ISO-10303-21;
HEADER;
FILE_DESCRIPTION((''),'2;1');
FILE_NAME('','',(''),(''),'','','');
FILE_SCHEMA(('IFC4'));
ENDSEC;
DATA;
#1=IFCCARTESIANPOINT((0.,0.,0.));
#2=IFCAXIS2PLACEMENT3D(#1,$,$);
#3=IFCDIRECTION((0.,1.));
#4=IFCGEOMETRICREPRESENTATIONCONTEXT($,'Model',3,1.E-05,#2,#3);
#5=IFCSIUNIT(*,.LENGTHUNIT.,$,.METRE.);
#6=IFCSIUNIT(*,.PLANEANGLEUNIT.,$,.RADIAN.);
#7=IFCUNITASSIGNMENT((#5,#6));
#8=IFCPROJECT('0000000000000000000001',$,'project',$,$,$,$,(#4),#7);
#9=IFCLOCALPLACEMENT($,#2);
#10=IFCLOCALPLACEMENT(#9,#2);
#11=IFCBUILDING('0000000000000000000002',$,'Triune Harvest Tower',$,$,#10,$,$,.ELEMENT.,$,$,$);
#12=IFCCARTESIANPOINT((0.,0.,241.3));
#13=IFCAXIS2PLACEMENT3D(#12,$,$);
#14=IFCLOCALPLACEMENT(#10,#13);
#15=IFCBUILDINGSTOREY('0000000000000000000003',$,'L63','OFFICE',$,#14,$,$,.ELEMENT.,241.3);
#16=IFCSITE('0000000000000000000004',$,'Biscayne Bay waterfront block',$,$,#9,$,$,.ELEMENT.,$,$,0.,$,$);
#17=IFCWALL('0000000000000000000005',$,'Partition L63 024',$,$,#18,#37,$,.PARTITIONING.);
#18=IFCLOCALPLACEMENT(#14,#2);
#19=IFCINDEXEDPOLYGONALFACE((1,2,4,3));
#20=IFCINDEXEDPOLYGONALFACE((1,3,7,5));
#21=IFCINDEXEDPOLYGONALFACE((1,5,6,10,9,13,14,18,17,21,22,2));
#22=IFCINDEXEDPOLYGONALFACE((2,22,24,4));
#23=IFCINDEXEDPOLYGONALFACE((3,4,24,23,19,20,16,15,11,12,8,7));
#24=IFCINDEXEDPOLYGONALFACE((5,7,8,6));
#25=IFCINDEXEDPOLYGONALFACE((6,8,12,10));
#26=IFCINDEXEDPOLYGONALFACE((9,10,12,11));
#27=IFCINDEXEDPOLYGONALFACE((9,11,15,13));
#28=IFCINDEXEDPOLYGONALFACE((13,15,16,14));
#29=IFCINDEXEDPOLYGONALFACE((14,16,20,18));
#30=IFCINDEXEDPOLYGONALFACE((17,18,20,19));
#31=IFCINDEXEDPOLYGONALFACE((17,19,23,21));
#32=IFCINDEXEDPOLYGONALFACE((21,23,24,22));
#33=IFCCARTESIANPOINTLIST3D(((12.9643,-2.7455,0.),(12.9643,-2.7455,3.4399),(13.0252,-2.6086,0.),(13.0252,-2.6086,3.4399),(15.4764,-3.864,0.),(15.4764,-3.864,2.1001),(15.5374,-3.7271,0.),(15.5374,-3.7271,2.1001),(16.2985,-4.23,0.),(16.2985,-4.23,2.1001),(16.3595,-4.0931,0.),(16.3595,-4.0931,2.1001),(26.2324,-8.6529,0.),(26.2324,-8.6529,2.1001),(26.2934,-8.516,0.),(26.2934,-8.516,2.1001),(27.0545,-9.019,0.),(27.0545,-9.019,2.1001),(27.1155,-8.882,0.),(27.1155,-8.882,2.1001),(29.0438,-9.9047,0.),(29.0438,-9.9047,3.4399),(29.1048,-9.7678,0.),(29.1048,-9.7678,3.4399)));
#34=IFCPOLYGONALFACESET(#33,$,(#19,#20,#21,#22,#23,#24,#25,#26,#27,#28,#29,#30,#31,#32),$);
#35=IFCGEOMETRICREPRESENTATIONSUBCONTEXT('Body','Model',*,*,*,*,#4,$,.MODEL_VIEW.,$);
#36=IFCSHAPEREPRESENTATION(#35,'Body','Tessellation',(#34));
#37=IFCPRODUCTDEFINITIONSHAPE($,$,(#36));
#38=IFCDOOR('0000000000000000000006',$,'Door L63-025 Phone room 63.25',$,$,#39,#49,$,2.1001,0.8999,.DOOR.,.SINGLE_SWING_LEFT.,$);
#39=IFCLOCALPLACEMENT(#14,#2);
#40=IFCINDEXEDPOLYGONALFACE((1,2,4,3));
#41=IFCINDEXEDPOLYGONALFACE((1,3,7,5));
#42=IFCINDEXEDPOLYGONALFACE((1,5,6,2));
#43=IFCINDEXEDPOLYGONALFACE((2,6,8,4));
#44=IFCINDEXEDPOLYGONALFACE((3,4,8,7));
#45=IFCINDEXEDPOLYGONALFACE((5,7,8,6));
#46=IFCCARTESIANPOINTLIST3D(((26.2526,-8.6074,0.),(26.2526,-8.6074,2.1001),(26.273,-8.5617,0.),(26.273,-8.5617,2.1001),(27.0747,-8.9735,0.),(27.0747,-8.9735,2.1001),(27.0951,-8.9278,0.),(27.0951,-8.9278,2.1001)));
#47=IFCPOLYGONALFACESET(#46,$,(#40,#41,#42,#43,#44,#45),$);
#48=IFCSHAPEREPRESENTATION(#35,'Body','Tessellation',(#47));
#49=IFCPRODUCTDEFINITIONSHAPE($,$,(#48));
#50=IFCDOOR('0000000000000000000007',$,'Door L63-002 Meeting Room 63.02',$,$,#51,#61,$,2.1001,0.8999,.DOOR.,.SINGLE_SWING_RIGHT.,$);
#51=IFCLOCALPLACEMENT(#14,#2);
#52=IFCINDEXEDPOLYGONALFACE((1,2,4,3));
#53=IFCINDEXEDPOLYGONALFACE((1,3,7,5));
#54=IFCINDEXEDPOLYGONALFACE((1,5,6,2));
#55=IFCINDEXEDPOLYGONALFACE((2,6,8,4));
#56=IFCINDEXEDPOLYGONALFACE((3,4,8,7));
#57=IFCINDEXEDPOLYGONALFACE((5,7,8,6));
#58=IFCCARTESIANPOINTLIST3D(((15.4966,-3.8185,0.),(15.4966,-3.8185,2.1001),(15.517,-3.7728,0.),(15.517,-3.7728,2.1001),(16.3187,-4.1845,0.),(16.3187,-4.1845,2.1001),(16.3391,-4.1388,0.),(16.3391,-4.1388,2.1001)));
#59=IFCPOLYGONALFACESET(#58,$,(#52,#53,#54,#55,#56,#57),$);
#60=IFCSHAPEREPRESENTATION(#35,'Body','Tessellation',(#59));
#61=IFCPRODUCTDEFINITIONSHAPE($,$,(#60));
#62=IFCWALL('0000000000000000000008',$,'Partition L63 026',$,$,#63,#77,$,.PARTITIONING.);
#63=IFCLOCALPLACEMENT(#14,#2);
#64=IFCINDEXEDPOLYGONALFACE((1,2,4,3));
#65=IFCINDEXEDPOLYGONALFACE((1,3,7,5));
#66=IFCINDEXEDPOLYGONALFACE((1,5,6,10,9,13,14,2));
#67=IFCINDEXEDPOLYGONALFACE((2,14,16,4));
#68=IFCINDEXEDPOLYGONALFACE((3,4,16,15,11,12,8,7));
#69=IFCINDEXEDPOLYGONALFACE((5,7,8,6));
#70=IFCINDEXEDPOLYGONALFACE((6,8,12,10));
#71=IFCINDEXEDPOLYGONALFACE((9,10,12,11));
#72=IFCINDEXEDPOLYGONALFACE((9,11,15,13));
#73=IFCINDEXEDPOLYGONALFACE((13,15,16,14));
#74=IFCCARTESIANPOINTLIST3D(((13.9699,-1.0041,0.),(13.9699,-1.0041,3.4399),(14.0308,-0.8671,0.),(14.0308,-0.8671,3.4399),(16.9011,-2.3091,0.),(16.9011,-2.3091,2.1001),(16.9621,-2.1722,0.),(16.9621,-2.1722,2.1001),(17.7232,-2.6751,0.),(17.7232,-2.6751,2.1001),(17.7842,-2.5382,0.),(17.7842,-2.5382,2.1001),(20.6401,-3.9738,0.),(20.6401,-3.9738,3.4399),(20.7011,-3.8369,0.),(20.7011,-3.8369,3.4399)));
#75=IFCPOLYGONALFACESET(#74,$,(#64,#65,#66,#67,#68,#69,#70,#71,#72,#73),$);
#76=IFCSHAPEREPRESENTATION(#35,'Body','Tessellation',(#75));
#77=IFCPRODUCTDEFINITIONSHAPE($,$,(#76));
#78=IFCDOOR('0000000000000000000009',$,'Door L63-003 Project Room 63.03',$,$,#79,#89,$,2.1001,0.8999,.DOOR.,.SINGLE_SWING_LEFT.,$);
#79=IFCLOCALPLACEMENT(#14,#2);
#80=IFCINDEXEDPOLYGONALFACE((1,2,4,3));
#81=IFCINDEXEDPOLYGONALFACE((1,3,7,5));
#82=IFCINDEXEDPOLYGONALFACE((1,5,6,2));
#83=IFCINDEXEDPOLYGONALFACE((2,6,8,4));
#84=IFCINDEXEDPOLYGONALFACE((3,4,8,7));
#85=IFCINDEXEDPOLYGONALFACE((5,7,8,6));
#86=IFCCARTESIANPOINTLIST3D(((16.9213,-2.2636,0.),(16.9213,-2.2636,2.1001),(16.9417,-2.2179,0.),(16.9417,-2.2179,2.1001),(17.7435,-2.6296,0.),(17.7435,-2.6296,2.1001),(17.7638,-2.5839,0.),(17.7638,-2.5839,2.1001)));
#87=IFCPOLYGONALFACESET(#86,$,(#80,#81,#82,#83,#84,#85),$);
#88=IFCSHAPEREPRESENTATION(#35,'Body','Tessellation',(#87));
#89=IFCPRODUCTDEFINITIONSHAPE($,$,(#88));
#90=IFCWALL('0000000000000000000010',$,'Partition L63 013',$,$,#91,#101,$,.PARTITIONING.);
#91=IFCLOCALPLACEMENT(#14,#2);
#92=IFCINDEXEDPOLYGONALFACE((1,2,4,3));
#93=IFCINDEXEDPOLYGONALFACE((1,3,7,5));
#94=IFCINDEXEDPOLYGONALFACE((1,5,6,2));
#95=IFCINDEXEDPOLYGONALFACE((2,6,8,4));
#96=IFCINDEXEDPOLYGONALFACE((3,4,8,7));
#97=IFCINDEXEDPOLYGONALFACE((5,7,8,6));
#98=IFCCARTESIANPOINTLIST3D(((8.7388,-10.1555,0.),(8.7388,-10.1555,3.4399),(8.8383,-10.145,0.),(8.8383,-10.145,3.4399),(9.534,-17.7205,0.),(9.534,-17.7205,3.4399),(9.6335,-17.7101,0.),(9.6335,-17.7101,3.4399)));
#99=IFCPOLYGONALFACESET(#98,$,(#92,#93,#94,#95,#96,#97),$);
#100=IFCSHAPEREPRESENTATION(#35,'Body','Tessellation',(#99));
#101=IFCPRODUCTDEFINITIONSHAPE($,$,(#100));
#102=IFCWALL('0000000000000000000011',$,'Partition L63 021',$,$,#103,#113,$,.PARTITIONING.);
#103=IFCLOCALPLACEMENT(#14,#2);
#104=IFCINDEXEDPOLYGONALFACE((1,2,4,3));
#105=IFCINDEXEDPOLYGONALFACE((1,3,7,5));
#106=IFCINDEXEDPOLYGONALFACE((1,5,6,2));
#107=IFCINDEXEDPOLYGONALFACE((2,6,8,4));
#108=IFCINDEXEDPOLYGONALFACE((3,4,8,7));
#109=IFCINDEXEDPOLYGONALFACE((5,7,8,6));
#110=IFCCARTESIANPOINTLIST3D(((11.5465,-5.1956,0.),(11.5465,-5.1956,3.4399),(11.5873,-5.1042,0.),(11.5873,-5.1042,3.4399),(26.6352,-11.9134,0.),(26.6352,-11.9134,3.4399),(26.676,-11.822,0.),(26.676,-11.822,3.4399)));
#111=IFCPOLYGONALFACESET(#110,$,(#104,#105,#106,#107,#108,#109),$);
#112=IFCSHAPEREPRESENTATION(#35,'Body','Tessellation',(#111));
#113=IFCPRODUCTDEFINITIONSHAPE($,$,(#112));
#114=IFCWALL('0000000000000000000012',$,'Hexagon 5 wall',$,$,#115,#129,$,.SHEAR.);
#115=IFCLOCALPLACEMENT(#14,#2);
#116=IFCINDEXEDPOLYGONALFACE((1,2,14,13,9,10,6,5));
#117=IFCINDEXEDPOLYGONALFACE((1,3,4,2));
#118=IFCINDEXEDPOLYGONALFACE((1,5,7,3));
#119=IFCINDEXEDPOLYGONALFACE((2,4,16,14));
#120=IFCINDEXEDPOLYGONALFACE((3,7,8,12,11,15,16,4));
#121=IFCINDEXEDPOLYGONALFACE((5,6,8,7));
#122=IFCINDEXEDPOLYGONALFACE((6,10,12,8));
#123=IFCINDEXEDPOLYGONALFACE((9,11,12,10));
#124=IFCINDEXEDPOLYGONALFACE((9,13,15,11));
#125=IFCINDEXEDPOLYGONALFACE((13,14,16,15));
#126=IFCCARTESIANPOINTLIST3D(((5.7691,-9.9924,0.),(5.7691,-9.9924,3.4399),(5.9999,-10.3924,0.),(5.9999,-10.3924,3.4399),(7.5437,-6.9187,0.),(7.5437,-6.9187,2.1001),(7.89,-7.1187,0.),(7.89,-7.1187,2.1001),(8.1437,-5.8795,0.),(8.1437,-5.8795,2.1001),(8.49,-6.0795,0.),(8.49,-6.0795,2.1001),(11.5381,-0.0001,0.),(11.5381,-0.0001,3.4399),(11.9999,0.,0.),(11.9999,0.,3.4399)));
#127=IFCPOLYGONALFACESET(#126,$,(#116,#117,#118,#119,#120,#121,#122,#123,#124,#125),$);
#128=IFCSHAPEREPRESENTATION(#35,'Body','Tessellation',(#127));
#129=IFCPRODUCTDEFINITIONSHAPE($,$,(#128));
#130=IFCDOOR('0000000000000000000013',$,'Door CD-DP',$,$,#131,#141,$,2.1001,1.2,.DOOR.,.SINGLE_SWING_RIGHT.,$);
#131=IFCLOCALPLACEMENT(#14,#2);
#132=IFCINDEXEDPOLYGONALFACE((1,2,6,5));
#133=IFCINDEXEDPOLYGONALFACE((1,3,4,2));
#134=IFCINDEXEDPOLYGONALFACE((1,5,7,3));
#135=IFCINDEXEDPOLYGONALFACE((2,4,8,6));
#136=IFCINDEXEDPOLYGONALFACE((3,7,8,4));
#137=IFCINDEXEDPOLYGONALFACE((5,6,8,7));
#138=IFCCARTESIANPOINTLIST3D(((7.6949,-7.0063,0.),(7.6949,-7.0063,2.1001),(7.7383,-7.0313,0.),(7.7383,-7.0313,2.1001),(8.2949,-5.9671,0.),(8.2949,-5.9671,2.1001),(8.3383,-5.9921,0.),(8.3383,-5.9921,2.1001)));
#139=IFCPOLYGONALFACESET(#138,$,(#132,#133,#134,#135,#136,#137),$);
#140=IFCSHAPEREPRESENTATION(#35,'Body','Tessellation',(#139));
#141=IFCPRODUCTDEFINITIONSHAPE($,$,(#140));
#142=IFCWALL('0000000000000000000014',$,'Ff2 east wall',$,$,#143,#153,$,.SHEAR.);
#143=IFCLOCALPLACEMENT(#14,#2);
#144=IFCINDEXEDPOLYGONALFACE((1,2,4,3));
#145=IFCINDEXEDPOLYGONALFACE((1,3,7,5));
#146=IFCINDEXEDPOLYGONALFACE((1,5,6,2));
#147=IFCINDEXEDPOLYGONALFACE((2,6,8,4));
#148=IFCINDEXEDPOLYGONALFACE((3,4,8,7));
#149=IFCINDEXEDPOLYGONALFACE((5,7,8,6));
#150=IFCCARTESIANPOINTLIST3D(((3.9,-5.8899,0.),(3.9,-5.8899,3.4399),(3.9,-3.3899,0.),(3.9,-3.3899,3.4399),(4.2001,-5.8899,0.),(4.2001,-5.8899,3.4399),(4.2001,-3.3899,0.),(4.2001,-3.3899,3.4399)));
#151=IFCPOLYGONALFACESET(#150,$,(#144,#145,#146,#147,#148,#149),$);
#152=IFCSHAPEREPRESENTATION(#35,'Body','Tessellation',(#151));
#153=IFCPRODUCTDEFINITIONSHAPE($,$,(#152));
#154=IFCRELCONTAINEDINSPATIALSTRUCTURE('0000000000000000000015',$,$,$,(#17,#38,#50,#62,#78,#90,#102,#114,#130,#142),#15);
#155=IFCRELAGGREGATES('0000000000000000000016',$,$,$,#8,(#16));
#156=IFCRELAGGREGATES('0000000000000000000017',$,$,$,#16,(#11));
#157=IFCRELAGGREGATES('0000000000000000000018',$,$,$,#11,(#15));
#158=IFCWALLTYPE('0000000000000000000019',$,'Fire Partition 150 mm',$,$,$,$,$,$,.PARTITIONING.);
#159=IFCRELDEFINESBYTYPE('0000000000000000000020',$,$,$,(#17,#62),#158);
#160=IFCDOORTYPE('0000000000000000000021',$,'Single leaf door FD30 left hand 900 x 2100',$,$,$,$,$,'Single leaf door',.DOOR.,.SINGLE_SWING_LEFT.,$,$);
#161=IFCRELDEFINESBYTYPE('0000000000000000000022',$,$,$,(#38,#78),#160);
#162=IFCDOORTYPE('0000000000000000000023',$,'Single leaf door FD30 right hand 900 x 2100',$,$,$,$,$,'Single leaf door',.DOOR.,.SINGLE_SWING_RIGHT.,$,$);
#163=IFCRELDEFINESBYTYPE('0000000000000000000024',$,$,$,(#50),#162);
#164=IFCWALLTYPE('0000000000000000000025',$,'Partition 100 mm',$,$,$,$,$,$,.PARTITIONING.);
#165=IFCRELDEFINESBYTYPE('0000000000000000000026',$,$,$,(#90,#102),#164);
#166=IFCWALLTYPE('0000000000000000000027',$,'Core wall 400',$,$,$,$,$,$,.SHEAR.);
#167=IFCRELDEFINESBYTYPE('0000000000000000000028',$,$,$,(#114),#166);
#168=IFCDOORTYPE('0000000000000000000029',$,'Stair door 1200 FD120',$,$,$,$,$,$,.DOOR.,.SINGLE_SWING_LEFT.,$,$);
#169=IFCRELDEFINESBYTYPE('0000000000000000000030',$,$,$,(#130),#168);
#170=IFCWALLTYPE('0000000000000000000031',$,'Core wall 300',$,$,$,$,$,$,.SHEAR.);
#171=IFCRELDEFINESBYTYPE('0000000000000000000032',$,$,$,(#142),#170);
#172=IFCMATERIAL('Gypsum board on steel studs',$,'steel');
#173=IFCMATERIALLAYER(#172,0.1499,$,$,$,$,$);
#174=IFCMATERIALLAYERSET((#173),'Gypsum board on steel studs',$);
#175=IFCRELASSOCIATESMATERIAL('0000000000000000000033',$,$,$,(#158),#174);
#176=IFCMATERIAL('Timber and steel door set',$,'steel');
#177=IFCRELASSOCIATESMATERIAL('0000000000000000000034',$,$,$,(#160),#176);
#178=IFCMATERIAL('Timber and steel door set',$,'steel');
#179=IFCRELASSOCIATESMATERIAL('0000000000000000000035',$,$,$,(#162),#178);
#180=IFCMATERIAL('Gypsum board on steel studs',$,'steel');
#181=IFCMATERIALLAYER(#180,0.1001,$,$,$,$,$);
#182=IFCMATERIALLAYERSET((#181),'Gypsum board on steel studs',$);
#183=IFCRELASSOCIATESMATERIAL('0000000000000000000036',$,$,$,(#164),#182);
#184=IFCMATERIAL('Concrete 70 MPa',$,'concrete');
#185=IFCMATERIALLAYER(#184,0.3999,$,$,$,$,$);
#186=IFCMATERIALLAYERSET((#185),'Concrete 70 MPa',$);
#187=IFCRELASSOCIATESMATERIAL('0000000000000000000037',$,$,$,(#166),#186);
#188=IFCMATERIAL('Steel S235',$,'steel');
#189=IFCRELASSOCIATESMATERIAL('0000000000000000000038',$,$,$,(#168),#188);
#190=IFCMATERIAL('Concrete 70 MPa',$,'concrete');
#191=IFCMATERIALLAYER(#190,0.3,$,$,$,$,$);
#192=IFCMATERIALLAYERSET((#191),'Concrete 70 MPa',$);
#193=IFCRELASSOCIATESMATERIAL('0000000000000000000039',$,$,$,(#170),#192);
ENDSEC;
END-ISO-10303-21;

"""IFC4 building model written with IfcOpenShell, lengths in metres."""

from ifc_helpers import new_model, si_unit, direction, frame, frame_2d, origin, place, context, subcontext, project, spatial, polyline, rectangle, outline, extrude, source, transform, mapped, material, layer, layer_set, type_object, element, fill, save


model = new_model("IFC4")

# Units and contexts
model_context = context("Model", 3, precision=1e-05, world=origin(), true_north=direction((0.0, 1.0)))
body_context = subcontext(model_context, "Body", "Model", "MODEL_VIEW")
ifc_project = project(units=[si_unit("LENGTHUNIT", "METRE"), si_unit("PLANEANGLEUNIT", "RADIAN")], contexts=[model_context])

# Site, building, storey
site_placement = place(None, origin())
site = spatial("IfcSite", under=ifc_project, at=site_placement, Name="Biscayne Bay waterfront block", CompositionType="ELEMENT", RefElevation=0.0)
building_placement = place(site_placement, origin())
building = spatial("IfcBuilding", under=site, at=building_placement, Name="Triune Harvest Tower", CompositionType="ELEMENT")
storey_placement = place(building_placement, frame((0.0, 0.0, 241.3)))
storey = spatial("IfcBuildingStorey", under=building, at=storey_placement, Name="L63", Description="OFFICE", CompositionType="ELEMENT", Elevation=241.3)

# Wall, openings, doors
ifc_material_1 = material(Name="Gypsum board on steel studs", Category="steel")
ifc_layer_1 = layer(ifc_material_1, 0.1499)
ifc_layer_set_1 = layer_set([ifc_layer_1], Name="Gypsum board on steel studs")
wall_type_1 = type_object("IfcWallType", Name="Fire Partition 150 mm", PredefinedType="PARTITIONING", material=ifc_layer_set_1)
wall_1_placement = place(storey_placement, frame((12.9946, -2.677, 0.0), z_axis=(0.0, 0.0, 1.0), x_axis=(0.913544, -0.406741, 0.0)))
wall_1 = element("IfcWall", 1, at=wall_1_placement, inside=storey, type_object=wall_type_1, Name="Partition L63 024", PredefinedType="PARTITIONING", context=body_context, shape_type="SweptSolid", body=[
    extrude(rectangle(XDim=17.6013, YDim=0.1499, at=frame_2d((8.8008, 0.0))), origin(), (0.0, 0.0, 1.0), 3.4399),
])
opening_1_placement = place(wall_1_placement, frame((2.75, 0.0, 0.0)))
opening_1 = element("IfcOpeningElement", 2, at=opening_1_placement, cuts=wall_1, PredefinedType="OPENING", context=body_context, shape_type="SweptSolid", body=[
    extrude(rectangle(XDim=0.8999, YDim=2.1001, at=frame_2d((0.45, 1.05))), frame((0.0, 0.085, 0.0), z_axis=(0.0, -1.0, 0.0), x_axis=(1.0, 0.0, 0.0)), (0.0, 0.0, 1.0), 0.1699),
])
opening_2_placement = place(wall_1_placement, frame((14.5239, 0.0, 0.0)))
opening_2 = element("IfcOpeningElement", 3, at=opening_2_placement, cuts=wall_1, PredefinedType="OPENING", context=body_context, shape_type="SweptSolid", body=[
    extrude(rectangle(XDim=0.8999, YDim=2.1001, at=frame_2d((0.45, 1.05))), frame((0.0, 0.085, 0.0), z_axis=(0.0, -1.0, 0.0), x_axis=(1.0, 0.0, 0.0)), (0.0, 0.0, 1.0), 0.1699),
])
ifc_material_2 = material(Name="Timber and steel door set", Category="steel")
door_type_1 = type_object("IfcDoorType", Name="Single leaf door FD30 left hand 900 x 2100", ElementType="Single leaf door", OperationType="SINGLE_SWING_LEFT", PredefinedType="DOOR", material=ifc_material_2)
door_1_placement = place(opening_2_placement, origin())
door_1 = element("IfcDoor", 4, at=door_1_placement, inside=storey, type_object=door_type_1, Name="Door L63-025 Phone room 63.25", OperationType="SINGLE_SWING_LEFT", OverallHeight=2.1001, OverallWidth=0.8999, PredefinedType="DOOR", context=body_context, shape_type="SweptSolid", body=[
    extrude(rectangle(XDim=0.8999, YDim=2.1001, at=frame_2d((0.45, 1.05))), frame((0.0, 0.0249, 0.0), z_axis=(0.0, -1.0, 0.0), x_axis=(1.0, 0.0, 0.0)), (0.0, 0.0, 1.0), 0.05),
])
fill(opening_2, door_1)
ifc_material_3 = material(Name="Timber and steel door set", Category="steel")
door_type_2 = type_object("IfcDoorType", Name="Single leaf door FD30 right hand 900 x 2100", ElementType="Single leaf door", OperationType="SINGLE_SWING_RIGHT", PredefinedType="DOOR", material=ifc_material_3)
door_2_placement = place(opening_1_placement, origin())
door_2 = element("IfcDoor", 5, at=door_2_placement, inside=storey, type_object=door_type_2, Name="Door L63-002 Meeting Room 63.02", OperationType="SINGLE_SWING_RIGHT", OverallHeight=2.1001, OverallWidth=0.8999, PredefinedType="DOOR", context=body_context, shape_type="SweptSolid", body=[
    extrude(rectangle(XDim=0.8999, YDim=2.1001, at=frame_2d((0.45, 1.05))), frame((0.0, 0.0249, 0.0), z_axis=(0.0, -1.0, 0.0), x_axis=(1.0, 0.0, 0.0)), (0.0, 0.0, 1.0), 0.05),
])
fill(opening_1, door_2)

# Wall, opening, door
wall_2_placement = place(storey_placement, frame((14.0002, -0.9355, 0.0), z_axis=(0.0, 0.0, 1.0), x_axis=(0.913547, -0.406734, 0.0)))
wall_2 = element("IfcWall", 6, at=wall_2_placement, inside=storey, type_object=wall_type_1, Name="Partition L63 026", PredefinedType="PARTITIONING", context=body_context, shape_type="SweptSolid", body=[
    extrude(rectangle(XDim=7.3015, YDim=0.1499, at=frame_2d((3.6509, 0.0))), origin(), (0.0, 0.0, 1.0), 3.4399),
])
opening_3_placement = place(wall_2_placement, frame((3.2087, 0.0, 0.0)))
opening_3 = element("IfcOpeningElement", 7, at=opening_3_placement, cuts=wall_2, PredefinedType="OPENING", context=body_context, shape_type="SweptSolid", body=[
    extrude(rectangle(XDim=0.8999, YDim=2.1001, at=frame_2d((0.45, 1.05))), frame((0.0, 0.085, 0.0), z_axis=(0.0, -1.0, 0.0), x_axis=(1.0, 0.0, 0.0)), (0.0, 0.0, 1.0), 0.1699),
])
door_3_placement = place(opening_3_placement, origin())
door_3 = element("IfcDoor", 8, at=door_3_placement, inside=storey, type_object=door_type_1, Name="Door L63-003 Project Room 63.03", OperationType="SINGLE_SWING_LEFT", OverallHeight=2.1001, OverallWidth=0.8999, PredefinedType="DOOR", context=body_context, shape_type="SweptSolid", body=[
    extrude(rectangle(XDim=0.8999, YDim=2.1001, at=frame_2d((0.45, 1.05))), frame((0.0, 0.0249, 0.0), z_axis=(0.0, -1.0, 0.0), x_axis=(1.0, 0.0, 0.0)), (0.0, 0.0, 1.0), 0.05),
])
fill(opening_3, door_3)

# Walls
ifc_material_4 = material(Name="Gypsum board on steel studs", Category="steel")
ifc_layer_2 = layer(ifc_material_4, 0.1001)
ifc_layer_set_2 = layer_set([ifc_layer_2], Name="Gypsum board on steel studs")
wall_type_2 = type_object("IfcWallType", Name="Partition 100 mm", PredefinedType="PARTITIONING", material=ifc_layer_set_2)
wall_3_placement = place(storey_placement, frame((8.7886, -10.1504, 0.0), z_axis=(0.0, 0.0, 1.0), x_axis=(0.104536, -0.994521, 0.0)))
element("IfcWall", 9, at=wall_3_placement, inside=storey, type_object=wall_type_2, Name="Partition L63 013", PredefinedType="PARTITIONING", context=body_context, shape_type="SweptSolid", body=[
    extrude(rectangle(XDim=7.6067, YDim=0.1001, at=frame_2d((3.8032, 0.0))), origin(), (0.0, 0.0, 1.0), 3.4399),
])
wall_4_placement = place(storey_placement, frame((11.5669, -5.1499, 0.0), z_axis=(0.0, 0.0, 1.0), x_axis=(0.913548, -0.406731, 0.0)))
element("IfcWall", 10, at=wall_4_placement, inside=storey, type_object=wall_type_2, Name="Partition L63 021", PredefinedType="PARTITIONING", context=body_context, shape_type="SweptSolid", body=[
    extrude(rectangle(XDim=16.5166, YDim=0.1001, at=frame_2d((8.2583, 0.0))), origin(), (0.0, 0.0, 1.0), 3.4399),
])

# Wall, opening, door
ifc_material_5 = material(Name="Concrete 70 MPa", Category="concrete")
ifc_layer_3 = layer(ifc_material_5, 0.3999)
ifc_layer_set_3 = layer_set([ifc_layer_3], Name="Concrete 70 MPa")
wall_type_3 = type_object("IfcWallType", Name="Core wall 400", PredefinedType="SHEAR", material=ifc_layer_set_3)
shared_shape_1 = source(origin(), body_context, "Body", "SweptSolid", [
    extrude(outline(polyline([(-0.1155, -0.2), (11.8845, -0.2), (11.6536, 0.2), (0.1155, 0.2), (-0.1155, -0.2)])), origin(), (0.0, 0.0, 1.0), 3.4399),
])
wall_5_placement = place(storey_placement, frame((5.8845, -10.1924, 0.0), z_axis=(0.0, 0.0, 1.0), x_axis=(0.499997, 0.866027, 0.0)))
wall_5 = element("IfcWall", 11, at=wall_5_placement, inside=storey, type_object=wall_type_3, Name="Hexagon 5 wall", PredefinedType="SHEAR", context=body_context, shape_type="MappedRepresentation", body=[
    mapped(shared_shape_1, transform((0.0, 0.0, 0.0), scale=1.0)),
])
opening_4_placement = place(wall_5_placement, frame((3.6646, 0.0, 0.0)))
opening_4 = element("IfcOpeningElement", 12, at=opening_4_placement, cuts=wall_5, PredefinedType="OPENING", context=body_context, shape_type="SweptSolid", body=[
    extrude(rectangle(XDim=1.2, YDim=2.1001, at=frame_2d((0.6001, 1.05))), frame((0.0, 0.21, 0.0), z_axis=(0.0, -1.0, 0.0), x_axis=(1.0, 0.0, 0.0)), (0.0, 0.0, 1.0), 0.4199),
])
ifc_material_6 = material(Name="Steel S235", Category="steel")
door_type_3 = type_object("IfcDoorType", Name="Stair door 1200 FD120", OperationType="SINGLE_SWING_LEFT", PredefinedType="DOOR", material=ifc_material_6)
door_4_placement = place(opening_4_placement, frame((1.2, 0.0, 0.0), z_axis=(0.0, 0.0, 1.0), x_axis=(-1.0, 0.0, 0.0)))
door_4 = element("IfcDoor", 13, at=door_4_placement, inside=storey, type_object=door_type_3, Name="Door CD-DP", OperationType="SINGLE_SWING_RIGHT", OverallHeight=2.1001, OverallWidth=1.2, PredefinedType="DOOR", context=body_context, shape_type="SweptSolid", body=[
    extrude(rectangle(XDim=1.2, YDim=2.1001, at=frame_2d((0.6001, 1.05))), frame((0.0, 0.0249, 0.0), z_axis=(0.0, -1.0, 0.0), x_axis=(1.0, 0.0, 0.0)), (0.0, 0.0, 1.0), 0.05),
])
fill(opening_4, door_4)

# Wall
ifc_material_7 = material(Name="Concrete 70 MPa", Category="concrete")
ifc_layer_4 = layer(ifc_material_7, 0.3)
ifc_layer_set_4 = layer_set([ifc_layer_4], Name="Concrete 70 MPa")
wall_type_4 = type_object("IfcWallType", Name="Core wall 300", PredefinedType="SHEAR", material=ifc_layer_set_4)
shared_shape_2 = source(origin(), body_context, "Body", "SweptSolid", [
    extrude(rectangle(XDim=2.5, YDim=0.3, at=frame_2d((1.25, 0.0))), origin(), (0.0, 0.0, 1.0), 3.4399),
])
wall_6_placement = place(storey_placement, frame((4.05, -5.8899, 0.0), z_axis=(0.0, 0.0, 1.0), x_axis=(0.0, 1.0, 0.0)))
element("IfcWall", 14, at=wall_6_placement, inside=storey, type_object=wall_type_4, Name="Ff2 east wall", PredefinedType="SHEAR", context=body_context, shape_type="MappedRepresentation", body=[
    mapped(shared_shape_2, transform((0.0, 0.0, 0.0), scale=1.0)),
])

save(model, "model.ifc")
